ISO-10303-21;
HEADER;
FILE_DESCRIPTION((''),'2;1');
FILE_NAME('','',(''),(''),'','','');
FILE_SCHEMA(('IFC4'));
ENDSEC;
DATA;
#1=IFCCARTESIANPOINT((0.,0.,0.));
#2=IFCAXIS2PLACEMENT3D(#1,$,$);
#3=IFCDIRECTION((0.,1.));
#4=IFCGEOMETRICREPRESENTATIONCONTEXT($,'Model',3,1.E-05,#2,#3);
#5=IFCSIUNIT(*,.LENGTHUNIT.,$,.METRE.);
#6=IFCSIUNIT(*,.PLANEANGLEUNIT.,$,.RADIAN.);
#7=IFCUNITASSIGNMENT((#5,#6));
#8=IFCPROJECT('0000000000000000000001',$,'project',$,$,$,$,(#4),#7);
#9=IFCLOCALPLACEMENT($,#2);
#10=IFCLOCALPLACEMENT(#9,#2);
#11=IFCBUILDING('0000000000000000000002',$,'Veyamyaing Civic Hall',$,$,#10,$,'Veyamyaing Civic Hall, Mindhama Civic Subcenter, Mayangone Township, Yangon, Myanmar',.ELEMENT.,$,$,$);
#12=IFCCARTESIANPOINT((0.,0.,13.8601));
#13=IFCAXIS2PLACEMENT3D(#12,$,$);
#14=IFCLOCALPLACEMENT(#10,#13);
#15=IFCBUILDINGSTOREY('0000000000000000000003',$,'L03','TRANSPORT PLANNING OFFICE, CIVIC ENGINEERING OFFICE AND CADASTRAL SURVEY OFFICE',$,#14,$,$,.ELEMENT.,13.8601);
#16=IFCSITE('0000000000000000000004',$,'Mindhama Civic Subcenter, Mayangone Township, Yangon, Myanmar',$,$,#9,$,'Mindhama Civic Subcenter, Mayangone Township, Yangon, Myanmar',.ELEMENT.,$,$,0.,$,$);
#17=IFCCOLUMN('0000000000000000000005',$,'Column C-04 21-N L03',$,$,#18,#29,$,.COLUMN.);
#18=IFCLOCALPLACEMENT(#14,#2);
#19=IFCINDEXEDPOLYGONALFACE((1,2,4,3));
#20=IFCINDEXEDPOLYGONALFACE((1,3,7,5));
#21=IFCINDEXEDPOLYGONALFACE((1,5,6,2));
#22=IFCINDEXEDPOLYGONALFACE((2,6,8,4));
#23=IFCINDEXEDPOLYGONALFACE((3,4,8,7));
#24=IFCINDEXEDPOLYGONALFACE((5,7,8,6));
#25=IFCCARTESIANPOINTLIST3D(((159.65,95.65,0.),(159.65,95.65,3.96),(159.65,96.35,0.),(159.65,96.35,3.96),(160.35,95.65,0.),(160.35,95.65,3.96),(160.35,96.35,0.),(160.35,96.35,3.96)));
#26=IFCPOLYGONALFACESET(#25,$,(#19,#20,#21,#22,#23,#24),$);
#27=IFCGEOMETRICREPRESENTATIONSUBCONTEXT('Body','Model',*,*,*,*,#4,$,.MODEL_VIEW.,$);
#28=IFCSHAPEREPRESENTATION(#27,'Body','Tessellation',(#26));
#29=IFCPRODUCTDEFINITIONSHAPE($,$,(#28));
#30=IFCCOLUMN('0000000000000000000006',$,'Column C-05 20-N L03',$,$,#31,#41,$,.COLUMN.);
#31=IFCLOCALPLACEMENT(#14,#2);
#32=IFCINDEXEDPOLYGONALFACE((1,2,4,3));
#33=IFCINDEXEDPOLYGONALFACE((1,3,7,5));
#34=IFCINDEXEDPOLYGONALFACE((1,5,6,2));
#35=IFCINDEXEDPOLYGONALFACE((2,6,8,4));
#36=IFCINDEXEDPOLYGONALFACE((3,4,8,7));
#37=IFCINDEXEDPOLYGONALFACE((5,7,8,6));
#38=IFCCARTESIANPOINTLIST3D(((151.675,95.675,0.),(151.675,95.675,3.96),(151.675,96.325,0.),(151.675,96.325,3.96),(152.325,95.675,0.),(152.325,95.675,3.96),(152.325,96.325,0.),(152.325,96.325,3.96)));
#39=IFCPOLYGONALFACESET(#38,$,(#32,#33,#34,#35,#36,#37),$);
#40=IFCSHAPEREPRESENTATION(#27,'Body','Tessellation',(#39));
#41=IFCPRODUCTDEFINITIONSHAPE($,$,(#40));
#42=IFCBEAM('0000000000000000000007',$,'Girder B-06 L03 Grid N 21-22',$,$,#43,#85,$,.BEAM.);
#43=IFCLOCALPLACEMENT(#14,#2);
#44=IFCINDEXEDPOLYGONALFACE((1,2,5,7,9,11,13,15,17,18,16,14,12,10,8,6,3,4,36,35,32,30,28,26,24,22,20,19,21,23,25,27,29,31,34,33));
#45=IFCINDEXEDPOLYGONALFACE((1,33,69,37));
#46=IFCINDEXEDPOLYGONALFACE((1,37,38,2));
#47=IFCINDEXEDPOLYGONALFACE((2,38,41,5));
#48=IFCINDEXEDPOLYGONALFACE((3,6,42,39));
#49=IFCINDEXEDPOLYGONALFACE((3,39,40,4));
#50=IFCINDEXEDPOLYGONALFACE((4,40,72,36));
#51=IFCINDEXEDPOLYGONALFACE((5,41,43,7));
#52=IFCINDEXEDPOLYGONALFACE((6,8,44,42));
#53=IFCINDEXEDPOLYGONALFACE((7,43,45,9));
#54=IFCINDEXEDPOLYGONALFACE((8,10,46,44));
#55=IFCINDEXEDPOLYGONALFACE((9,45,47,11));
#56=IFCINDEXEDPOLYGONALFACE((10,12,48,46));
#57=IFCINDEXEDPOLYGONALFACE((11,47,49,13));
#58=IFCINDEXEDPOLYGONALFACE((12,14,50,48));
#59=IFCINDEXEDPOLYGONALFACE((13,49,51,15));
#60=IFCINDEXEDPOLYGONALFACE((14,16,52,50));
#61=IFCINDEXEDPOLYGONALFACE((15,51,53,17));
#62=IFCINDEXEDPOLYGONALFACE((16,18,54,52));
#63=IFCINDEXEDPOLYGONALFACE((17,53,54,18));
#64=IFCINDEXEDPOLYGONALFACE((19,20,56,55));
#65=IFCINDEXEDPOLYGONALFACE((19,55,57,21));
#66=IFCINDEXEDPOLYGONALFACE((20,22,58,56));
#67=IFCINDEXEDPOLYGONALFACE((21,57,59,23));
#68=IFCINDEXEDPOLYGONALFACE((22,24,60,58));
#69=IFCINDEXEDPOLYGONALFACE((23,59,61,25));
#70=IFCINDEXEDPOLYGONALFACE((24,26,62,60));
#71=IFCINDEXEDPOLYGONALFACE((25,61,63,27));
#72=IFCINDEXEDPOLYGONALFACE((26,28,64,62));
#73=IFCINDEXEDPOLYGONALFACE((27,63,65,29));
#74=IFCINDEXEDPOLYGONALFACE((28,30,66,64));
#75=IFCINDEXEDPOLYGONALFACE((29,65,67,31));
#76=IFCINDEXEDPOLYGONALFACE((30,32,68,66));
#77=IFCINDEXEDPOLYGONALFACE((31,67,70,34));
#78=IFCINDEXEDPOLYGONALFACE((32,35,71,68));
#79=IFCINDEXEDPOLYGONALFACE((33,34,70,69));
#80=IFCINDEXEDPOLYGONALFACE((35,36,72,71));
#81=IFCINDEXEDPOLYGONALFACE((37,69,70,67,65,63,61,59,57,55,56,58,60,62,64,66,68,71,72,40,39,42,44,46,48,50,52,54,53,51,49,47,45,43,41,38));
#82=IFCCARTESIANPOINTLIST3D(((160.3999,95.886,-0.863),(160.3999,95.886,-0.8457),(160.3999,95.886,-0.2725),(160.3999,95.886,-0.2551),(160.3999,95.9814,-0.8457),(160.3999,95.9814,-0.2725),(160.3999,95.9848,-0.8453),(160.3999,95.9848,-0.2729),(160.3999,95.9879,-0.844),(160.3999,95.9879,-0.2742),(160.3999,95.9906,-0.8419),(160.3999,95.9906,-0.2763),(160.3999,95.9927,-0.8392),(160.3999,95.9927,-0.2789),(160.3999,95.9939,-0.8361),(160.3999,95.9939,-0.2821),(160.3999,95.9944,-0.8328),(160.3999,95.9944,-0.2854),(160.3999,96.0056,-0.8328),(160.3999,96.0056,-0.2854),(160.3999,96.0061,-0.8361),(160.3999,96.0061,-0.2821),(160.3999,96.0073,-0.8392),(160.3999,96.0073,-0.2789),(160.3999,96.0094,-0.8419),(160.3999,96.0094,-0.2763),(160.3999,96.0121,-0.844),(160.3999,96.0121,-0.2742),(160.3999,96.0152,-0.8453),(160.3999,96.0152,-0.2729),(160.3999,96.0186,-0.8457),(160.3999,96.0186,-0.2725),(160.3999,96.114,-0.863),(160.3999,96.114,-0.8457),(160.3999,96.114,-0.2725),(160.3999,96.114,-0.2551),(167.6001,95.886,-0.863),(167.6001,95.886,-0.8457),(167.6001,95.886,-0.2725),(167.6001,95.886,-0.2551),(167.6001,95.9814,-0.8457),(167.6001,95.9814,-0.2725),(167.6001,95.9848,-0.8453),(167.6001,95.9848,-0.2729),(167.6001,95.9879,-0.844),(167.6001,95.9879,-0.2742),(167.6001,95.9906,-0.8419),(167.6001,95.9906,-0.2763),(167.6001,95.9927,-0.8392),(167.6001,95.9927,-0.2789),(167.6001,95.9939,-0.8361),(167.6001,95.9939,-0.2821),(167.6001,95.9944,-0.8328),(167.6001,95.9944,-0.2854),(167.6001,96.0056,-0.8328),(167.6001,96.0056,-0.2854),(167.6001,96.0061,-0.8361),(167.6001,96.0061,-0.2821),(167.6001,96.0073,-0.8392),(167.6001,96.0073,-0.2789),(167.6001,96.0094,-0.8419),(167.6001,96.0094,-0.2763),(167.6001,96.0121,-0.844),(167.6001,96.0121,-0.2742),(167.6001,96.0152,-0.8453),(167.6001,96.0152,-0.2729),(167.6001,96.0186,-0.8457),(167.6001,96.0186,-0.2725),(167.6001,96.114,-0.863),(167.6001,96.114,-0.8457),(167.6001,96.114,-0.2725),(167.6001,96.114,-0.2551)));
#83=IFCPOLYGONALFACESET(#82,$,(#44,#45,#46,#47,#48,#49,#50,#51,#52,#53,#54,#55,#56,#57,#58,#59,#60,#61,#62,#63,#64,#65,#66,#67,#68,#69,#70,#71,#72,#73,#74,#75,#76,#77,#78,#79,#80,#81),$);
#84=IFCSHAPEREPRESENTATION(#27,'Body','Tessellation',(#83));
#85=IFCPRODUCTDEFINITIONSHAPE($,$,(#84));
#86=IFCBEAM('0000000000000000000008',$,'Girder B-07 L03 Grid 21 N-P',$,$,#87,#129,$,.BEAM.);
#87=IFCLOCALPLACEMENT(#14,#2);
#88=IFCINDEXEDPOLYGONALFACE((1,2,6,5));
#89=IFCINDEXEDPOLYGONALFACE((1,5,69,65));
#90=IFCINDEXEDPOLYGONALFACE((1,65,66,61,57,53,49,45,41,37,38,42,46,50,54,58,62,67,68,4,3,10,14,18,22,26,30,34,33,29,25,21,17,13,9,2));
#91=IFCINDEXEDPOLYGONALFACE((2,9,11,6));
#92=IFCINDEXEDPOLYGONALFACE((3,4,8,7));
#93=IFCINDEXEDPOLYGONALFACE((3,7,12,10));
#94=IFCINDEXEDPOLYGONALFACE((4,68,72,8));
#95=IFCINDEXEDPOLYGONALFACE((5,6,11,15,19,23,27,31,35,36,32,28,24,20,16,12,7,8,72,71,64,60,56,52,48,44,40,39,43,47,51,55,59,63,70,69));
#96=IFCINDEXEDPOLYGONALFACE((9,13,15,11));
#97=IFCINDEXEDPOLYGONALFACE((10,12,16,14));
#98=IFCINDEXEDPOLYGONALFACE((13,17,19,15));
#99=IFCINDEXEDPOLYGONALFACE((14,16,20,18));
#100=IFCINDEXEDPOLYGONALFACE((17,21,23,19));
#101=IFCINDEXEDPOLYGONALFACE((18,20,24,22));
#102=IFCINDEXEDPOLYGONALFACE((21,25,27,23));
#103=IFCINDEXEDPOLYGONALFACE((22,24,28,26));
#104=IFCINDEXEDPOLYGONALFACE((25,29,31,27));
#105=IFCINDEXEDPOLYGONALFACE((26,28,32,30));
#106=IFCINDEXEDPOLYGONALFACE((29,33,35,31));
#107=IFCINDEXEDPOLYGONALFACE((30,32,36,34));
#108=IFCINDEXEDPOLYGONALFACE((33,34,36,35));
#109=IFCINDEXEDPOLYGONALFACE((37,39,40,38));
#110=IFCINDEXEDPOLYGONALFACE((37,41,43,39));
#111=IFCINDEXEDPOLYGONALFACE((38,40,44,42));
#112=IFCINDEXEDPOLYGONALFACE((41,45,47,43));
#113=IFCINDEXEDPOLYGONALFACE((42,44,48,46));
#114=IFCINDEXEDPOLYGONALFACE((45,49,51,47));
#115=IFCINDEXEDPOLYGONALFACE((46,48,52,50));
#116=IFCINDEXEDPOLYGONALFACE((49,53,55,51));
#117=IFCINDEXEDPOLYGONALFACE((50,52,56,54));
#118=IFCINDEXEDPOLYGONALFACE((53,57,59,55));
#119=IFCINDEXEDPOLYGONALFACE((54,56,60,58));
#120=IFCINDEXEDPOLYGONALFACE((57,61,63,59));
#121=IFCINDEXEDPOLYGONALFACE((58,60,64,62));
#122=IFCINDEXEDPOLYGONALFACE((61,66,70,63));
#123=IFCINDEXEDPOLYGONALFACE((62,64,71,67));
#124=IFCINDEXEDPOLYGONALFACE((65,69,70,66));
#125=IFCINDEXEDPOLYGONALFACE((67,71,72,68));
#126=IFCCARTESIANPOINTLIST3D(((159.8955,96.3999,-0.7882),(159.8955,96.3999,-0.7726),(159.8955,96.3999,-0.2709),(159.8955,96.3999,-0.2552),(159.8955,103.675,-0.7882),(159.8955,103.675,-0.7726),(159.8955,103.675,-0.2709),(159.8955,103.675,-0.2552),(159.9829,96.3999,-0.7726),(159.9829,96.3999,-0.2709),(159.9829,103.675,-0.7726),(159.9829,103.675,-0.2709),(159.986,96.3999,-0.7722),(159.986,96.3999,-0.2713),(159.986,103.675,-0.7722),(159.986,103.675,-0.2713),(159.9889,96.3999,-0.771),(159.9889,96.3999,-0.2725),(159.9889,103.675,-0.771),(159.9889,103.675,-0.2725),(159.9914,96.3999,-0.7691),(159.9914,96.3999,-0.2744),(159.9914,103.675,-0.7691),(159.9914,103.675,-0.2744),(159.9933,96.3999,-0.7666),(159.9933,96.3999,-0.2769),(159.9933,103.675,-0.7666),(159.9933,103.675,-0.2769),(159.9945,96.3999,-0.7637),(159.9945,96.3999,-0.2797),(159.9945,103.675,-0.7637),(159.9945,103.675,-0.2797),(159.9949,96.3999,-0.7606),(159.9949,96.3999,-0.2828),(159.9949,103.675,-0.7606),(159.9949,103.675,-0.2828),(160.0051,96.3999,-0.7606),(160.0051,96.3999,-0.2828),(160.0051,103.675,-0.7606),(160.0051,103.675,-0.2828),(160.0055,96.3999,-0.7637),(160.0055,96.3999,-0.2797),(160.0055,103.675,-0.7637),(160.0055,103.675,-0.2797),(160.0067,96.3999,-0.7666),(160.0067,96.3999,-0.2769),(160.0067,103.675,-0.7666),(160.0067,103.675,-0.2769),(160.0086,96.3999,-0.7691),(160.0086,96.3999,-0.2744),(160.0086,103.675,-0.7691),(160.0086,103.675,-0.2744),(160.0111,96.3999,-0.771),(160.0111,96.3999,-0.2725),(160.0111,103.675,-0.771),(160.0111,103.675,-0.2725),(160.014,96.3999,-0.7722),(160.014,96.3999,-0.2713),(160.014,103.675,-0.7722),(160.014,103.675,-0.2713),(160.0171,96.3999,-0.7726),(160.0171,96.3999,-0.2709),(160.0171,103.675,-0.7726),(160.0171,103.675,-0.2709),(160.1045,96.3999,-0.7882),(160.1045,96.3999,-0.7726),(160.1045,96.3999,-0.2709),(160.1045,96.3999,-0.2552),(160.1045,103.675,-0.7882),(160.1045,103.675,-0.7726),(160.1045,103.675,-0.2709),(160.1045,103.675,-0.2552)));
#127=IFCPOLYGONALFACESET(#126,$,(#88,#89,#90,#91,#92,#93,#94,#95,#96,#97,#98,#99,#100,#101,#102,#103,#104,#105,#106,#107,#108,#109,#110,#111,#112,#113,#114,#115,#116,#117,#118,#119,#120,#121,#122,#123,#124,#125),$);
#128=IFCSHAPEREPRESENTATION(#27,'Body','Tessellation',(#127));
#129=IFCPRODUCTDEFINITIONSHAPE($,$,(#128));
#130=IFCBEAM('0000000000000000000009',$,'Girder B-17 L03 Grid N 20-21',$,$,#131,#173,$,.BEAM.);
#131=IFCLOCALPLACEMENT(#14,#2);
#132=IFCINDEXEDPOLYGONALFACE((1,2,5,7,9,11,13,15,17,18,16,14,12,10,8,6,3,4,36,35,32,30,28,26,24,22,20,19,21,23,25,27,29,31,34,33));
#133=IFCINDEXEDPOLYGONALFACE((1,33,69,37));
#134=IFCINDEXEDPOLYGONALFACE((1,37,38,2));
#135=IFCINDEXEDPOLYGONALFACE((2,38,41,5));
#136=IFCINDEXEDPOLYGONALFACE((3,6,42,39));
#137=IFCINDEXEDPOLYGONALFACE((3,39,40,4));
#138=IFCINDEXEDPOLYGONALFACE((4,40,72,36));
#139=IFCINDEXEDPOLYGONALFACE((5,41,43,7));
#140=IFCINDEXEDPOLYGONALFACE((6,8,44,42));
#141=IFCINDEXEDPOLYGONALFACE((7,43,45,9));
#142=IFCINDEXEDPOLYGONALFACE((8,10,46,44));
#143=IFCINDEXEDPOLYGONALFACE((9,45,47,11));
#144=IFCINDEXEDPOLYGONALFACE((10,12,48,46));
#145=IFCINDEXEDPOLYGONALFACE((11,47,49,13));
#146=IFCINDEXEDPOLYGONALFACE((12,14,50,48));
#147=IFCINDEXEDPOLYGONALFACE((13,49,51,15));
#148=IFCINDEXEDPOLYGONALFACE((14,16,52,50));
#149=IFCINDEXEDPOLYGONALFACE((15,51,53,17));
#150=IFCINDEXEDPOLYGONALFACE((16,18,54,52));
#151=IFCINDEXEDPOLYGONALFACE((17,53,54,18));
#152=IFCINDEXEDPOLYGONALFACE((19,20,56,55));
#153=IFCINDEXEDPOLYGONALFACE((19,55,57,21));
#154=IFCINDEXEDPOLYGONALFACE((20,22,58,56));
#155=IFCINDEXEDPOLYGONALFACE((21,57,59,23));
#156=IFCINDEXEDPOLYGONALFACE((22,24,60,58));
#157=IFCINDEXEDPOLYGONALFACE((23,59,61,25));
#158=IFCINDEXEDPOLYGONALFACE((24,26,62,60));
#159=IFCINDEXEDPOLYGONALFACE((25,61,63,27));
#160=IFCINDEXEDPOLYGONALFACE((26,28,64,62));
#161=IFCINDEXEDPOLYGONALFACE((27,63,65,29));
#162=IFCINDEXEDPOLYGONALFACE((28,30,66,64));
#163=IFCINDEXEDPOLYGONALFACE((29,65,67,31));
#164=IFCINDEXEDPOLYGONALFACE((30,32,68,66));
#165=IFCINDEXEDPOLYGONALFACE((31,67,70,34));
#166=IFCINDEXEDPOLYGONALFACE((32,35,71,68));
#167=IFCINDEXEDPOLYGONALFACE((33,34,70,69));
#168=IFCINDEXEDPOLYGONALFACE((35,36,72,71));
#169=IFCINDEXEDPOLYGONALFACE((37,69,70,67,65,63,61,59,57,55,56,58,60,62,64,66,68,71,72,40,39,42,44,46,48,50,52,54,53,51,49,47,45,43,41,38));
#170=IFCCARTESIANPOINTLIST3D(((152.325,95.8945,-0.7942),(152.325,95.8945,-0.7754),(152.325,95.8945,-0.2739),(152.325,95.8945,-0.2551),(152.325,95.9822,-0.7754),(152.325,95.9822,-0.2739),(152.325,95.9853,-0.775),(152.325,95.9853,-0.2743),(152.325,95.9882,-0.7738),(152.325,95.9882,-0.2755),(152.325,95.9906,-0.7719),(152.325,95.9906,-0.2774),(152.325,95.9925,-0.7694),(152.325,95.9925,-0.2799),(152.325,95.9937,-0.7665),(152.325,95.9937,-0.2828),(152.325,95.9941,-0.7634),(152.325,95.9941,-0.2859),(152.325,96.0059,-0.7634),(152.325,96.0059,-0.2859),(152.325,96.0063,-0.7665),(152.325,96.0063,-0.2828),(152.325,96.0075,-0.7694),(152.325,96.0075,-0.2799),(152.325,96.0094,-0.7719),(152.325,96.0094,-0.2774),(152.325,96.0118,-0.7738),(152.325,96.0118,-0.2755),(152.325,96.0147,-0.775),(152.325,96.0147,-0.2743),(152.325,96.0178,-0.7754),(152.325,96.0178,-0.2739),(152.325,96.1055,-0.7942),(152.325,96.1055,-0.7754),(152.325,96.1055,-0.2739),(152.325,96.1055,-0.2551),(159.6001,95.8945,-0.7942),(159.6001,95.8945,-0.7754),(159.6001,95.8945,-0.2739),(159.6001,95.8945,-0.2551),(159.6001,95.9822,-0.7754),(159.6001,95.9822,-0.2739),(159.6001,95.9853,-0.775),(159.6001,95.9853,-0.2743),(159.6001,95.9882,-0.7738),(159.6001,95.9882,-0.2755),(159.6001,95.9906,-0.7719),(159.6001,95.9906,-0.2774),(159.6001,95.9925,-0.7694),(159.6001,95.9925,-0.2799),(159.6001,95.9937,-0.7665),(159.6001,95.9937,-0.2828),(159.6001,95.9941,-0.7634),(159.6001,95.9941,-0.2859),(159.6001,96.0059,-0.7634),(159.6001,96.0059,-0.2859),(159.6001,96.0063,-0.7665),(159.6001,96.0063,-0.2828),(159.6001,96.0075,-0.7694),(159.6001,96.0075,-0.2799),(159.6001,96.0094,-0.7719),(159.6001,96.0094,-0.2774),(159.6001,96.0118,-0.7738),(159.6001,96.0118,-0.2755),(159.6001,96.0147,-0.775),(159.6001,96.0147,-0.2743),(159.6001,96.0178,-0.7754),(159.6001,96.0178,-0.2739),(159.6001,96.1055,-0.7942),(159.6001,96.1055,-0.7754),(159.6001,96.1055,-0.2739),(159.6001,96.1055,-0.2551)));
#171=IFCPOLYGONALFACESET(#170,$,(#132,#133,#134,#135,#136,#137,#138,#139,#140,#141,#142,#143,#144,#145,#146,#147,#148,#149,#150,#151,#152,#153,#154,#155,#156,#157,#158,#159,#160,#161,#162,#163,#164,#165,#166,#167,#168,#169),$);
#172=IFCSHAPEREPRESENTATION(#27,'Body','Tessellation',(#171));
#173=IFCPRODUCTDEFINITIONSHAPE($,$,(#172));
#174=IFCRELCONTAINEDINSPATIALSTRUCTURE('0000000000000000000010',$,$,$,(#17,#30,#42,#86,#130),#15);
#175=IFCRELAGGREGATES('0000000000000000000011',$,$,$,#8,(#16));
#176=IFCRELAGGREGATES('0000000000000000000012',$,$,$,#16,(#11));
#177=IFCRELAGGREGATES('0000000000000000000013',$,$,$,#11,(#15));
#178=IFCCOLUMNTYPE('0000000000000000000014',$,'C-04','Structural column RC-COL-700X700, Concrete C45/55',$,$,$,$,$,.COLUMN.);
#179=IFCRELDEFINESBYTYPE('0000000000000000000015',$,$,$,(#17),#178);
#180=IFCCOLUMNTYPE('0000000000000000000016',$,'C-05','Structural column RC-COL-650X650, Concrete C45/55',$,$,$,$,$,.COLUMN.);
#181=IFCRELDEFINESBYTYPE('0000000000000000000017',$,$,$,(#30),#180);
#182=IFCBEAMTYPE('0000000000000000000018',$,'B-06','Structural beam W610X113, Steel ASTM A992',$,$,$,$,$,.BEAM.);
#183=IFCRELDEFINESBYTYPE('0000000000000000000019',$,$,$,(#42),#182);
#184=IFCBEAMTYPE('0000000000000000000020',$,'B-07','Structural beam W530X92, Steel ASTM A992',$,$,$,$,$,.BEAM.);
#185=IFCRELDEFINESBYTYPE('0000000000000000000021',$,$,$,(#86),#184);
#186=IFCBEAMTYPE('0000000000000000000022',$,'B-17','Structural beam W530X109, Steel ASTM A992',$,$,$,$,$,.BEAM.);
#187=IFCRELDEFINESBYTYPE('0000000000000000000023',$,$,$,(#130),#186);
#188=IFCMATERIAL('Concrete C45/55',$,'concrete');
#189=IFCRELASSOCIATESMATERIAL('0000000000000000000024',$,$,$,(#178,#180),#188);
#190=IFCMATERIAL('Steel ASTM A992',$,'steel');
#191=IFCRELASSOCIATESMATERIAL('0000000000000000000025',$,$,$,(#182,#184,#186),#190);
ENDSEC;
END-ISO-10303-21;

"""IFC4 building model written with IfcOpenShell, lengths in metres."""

from ifc_helpers import new_model, si_unit, direction, frame, origin, origin_2d, place, context, subcontext, project, spatial, rectangle, i_section, extrude, material, material_profile, profile_set, type_object, element, save


model = new_model("IFC4")

# Units and contexts
model_context = context("Model", 3, precision=1e-05, world=origin(), true_north=direction((0.0, 1.0)))
body_context = subcontext(model_context, "Body", "Model", "MODEL_VIEW")
ifc_project = project(units=[si_unit("LENGTHUNIT", "METRE"), si_unit("PLANEANGLEUNIT", "RADIAN")], contexts=[model_context])

# Site, building, storey
site_placement = place(None, origin())
site = spatial("IfcSite", under=ifc_project, at=site_placement, Name="Mindhama Civic Subcenter, Mayangone Township, Yangon, Myanmar", LongName="Mindhama Civic Subcenter, Mayangone Township, Yangon, Myanmar", CompositionType="ELEMENT", RefElevation=0.0)
building_placement = place(site_placement, origin())
building = spatial("IfcBuilding", under=site, at=building_placement, Name="Veyamyaing Civic Hall", LongName="Veyamyaing Civic Hall, Mindhama Civic Subcenter, Mayangone Township, Yangon, Myanmar", CompositionType="ELEMENT")
storey_placement = place(building_placement, frame((0.0, 0.0, 13.8601)))
storey = spatial("IfcBuildingStorey", under=building, at=storey_placement, Name="L03", Description="TRANSPORT PLANNING OFFICE, CIVIC ENGINEERING OFFICE AND CADASTRAL SURVEY OFFICE", CompositionType="ELEMENT", Elevation=13.8601)

# Columns
ifc_material_1 = material(Name="Concrete C45/55", Category="concrete")
ifc_material_profile_1 = material_profile(ifc_material_1, rectangle(XDim=0.7, YDim=0.7, at=origin_2d()), Name="RC-COL-700X700")
ifc_profile_set_1 = profile_set([ifc_material_profile_1], Name="Concrete C45/55")
column_type_1 = type_object("IfcColumnType", Name="C-04", Description="Structural column RC-COL-700X700, Concrete C45/55", PredefinedType="COLUMN", material=ifc_profile_set_1)
column_1_placement = place(storey_placement, frame((160.0, 96.0, 0.0), z_axis=(0.0, 0.0, 1.0), x_axis=(1.0, 0.0, 0.0)))
element("IfcColumn", 1, at=column_1_placement, inside=storey, type_object=column_type_1, Name="Column C-04 21-N L03", PredefinedType="COLUMN", context=body_context, shape_type="SweptSolid", body=[
    extrude(rectangle(XDim=0.7, YDim=0.7, at=origin_2d()), origin(), (0.0, 0.0, 1.0), 3.96),
])
ifc_material_profile_2 = material_profile(ifc_material_1, rectangle(XDim=0.6499, YDim=0.6499, at=origin_2d()), Name="RC-COL-650X650")
ifc_profile_set_2 = profile_set([ifc_material_profile_2], Name="Concrete C45/55")
column_type_2 = type_object("IfcColumnType", Name="C-05", Description="Structural column RC-COL-650X650, Concrete C45/55", PredefinedType="COLUMN", material=ifc_profile_set_2)
column_2_placement = place(storey_placement, frame((152.0, 96.0, 0.0), z_axis=(0.0, 0.0, 1.0), x_axis=(1.0, 0.0, 0.0)))
element("IfcColumn", 2, at=column_2_placement, inside=storey, type_object=column_type_2, Name="Column C-05 20-N L03", PredefinedType="COLUMN", context=body_context, shape_type="SweptSolid", body=[
    extrude(rectangle(XDim=0.6499, YDim=0.6499, at=origin_2d()), origin(), (0.0, 0.0, 1.0), 3.96),
])

# Beams
ifc_material_2 = material(Name="Steel ASTM A992", Category="steel")
ifc_material_profile_3 = material_profile(ifc_material_2, i_section(OverallWidth=0.228, OverallDepth=0.6079, WebThickness=0.0112, FlangeThickness=0.0173, FilletRadius=0.0129, at=origin_2d()), Name="W610X113")
ifc_profile_set_3 = profile_set([ifc_material_profile_3], Name="Steel ASTM A992")
beam_type_1 = type_object("IfcBeamType", Name="B-06", Description="Structural beam W610X113, Steel ASTM A992", PredefinedType="BEAM", material=ifc_profile_set_3)
beam_1_placement = place(storey_placement, frame((160.3999, 96.0, -0.5591), z_axis=(1.0, 0.0, 0.0), x_axis=(0.0, 1.0, 0.0)))
element("IfcBeam", 3, at=beam_1_placement, inside=storey, type_object=beam_type_1, Name="Girder B-06 L03 Grid N 21-22", PredefinedType="BEAM", context=body_context, shape_type="SweptSolid", body=[
    extrude(i_section(OverallWidth=0.228, OverallDepth=0.6079, WebThickness=0.0112, FlangeThickness=0.0173, FilletRadius=0.0129, at=origin_2d()), origin(), (0.0, 0.0, 1.0), 7.2002),
])
ifc_material_profile_4 = material_profile(ifc_material_2, i_section(OverallWidth=0.209, OverallDepth=0.533, WebThickness=0.0103, FlangeThickness=0.0156, FilletRadius=0.012, at=origin_2d()), Name="W530X92")
ifc_profile_set_4 = profile_set([ifc_material_profile_4], Name="Steel ASTM A992")
beam_type_2 = type_object("IfcBeamType", Name="B-07", Description="Structural beam W530X92, Steel ASTM A992", PredefinedType="BEAM", material=ifc_profile_set_4)
beam_2_placement = place(storey_placement, frame((160.0, 96.3999, -0.5217), z_axis=(0.0, 1.0, 0.0), x_axis=(-1.0, 0.0, 0.0)))
element("IfcBeam", 4, at=beam_2_placement, inside=storey, type_object=beam_type_2, Name="Girder B-07 L03 Grid 21 N-P", PredefinedType="BEAM", context=body_context, shape_type="SweptSolid", body=[
    extrude(i_section(OverallWidth=0.209, OverallDepth=0.533, WebThickness=0.0103, FlangeThickness=0.0156, FilletRadius=0.012, at=origin_2d()), origin(), (0.0, 0.0, 1.0), 7.2751),
])
ifc_material_profile_5 = material_profile(ifc_material_2, i_section(OverallWidth=0.2109, OverallDepth=0.5391, WebThickness=0.0117, FlangeThickness=0.0188, FilletRadius=0.012, at=origin_2d()), Name="W530X109")
ifc_profile_set_5 = profile_set([ifc_material_profile_5], Name="Steel ASTM A992")
beam_type_3 = type_object("IfcBeamType", Name="B-17", Description="Structural beam W530X109, Steel ASTM A992", PredefinedType="BEAM", material=ifc_profile_set_5)
beam_3_placement = place(storey_placement, frame((152.325, 96.0, -0.5247), z_axis=(1.0, 0.0, 0.0), x_axis=(0.0, 1.0, 0.0)))
element("IfcBeam", 5, at=beam_3_placement, inside=storey, type_object=beam_type_3, Name="Girder B-17 L03 Grid N 20-21", PredefinedType="BEAM", context=body_context, shape_type="SweptSolid", body=[
    extrude(i_section(OverallWidth=0.2109, OverallDepth=0.5391, WebThickness=0.0117, FlangeThickness=0.0188, FilletRadius=0.012, at=origin_2d()), origin(), (0.0, 0.0, 1.0), 7.2751),
])

save(model, "model.ifc")
